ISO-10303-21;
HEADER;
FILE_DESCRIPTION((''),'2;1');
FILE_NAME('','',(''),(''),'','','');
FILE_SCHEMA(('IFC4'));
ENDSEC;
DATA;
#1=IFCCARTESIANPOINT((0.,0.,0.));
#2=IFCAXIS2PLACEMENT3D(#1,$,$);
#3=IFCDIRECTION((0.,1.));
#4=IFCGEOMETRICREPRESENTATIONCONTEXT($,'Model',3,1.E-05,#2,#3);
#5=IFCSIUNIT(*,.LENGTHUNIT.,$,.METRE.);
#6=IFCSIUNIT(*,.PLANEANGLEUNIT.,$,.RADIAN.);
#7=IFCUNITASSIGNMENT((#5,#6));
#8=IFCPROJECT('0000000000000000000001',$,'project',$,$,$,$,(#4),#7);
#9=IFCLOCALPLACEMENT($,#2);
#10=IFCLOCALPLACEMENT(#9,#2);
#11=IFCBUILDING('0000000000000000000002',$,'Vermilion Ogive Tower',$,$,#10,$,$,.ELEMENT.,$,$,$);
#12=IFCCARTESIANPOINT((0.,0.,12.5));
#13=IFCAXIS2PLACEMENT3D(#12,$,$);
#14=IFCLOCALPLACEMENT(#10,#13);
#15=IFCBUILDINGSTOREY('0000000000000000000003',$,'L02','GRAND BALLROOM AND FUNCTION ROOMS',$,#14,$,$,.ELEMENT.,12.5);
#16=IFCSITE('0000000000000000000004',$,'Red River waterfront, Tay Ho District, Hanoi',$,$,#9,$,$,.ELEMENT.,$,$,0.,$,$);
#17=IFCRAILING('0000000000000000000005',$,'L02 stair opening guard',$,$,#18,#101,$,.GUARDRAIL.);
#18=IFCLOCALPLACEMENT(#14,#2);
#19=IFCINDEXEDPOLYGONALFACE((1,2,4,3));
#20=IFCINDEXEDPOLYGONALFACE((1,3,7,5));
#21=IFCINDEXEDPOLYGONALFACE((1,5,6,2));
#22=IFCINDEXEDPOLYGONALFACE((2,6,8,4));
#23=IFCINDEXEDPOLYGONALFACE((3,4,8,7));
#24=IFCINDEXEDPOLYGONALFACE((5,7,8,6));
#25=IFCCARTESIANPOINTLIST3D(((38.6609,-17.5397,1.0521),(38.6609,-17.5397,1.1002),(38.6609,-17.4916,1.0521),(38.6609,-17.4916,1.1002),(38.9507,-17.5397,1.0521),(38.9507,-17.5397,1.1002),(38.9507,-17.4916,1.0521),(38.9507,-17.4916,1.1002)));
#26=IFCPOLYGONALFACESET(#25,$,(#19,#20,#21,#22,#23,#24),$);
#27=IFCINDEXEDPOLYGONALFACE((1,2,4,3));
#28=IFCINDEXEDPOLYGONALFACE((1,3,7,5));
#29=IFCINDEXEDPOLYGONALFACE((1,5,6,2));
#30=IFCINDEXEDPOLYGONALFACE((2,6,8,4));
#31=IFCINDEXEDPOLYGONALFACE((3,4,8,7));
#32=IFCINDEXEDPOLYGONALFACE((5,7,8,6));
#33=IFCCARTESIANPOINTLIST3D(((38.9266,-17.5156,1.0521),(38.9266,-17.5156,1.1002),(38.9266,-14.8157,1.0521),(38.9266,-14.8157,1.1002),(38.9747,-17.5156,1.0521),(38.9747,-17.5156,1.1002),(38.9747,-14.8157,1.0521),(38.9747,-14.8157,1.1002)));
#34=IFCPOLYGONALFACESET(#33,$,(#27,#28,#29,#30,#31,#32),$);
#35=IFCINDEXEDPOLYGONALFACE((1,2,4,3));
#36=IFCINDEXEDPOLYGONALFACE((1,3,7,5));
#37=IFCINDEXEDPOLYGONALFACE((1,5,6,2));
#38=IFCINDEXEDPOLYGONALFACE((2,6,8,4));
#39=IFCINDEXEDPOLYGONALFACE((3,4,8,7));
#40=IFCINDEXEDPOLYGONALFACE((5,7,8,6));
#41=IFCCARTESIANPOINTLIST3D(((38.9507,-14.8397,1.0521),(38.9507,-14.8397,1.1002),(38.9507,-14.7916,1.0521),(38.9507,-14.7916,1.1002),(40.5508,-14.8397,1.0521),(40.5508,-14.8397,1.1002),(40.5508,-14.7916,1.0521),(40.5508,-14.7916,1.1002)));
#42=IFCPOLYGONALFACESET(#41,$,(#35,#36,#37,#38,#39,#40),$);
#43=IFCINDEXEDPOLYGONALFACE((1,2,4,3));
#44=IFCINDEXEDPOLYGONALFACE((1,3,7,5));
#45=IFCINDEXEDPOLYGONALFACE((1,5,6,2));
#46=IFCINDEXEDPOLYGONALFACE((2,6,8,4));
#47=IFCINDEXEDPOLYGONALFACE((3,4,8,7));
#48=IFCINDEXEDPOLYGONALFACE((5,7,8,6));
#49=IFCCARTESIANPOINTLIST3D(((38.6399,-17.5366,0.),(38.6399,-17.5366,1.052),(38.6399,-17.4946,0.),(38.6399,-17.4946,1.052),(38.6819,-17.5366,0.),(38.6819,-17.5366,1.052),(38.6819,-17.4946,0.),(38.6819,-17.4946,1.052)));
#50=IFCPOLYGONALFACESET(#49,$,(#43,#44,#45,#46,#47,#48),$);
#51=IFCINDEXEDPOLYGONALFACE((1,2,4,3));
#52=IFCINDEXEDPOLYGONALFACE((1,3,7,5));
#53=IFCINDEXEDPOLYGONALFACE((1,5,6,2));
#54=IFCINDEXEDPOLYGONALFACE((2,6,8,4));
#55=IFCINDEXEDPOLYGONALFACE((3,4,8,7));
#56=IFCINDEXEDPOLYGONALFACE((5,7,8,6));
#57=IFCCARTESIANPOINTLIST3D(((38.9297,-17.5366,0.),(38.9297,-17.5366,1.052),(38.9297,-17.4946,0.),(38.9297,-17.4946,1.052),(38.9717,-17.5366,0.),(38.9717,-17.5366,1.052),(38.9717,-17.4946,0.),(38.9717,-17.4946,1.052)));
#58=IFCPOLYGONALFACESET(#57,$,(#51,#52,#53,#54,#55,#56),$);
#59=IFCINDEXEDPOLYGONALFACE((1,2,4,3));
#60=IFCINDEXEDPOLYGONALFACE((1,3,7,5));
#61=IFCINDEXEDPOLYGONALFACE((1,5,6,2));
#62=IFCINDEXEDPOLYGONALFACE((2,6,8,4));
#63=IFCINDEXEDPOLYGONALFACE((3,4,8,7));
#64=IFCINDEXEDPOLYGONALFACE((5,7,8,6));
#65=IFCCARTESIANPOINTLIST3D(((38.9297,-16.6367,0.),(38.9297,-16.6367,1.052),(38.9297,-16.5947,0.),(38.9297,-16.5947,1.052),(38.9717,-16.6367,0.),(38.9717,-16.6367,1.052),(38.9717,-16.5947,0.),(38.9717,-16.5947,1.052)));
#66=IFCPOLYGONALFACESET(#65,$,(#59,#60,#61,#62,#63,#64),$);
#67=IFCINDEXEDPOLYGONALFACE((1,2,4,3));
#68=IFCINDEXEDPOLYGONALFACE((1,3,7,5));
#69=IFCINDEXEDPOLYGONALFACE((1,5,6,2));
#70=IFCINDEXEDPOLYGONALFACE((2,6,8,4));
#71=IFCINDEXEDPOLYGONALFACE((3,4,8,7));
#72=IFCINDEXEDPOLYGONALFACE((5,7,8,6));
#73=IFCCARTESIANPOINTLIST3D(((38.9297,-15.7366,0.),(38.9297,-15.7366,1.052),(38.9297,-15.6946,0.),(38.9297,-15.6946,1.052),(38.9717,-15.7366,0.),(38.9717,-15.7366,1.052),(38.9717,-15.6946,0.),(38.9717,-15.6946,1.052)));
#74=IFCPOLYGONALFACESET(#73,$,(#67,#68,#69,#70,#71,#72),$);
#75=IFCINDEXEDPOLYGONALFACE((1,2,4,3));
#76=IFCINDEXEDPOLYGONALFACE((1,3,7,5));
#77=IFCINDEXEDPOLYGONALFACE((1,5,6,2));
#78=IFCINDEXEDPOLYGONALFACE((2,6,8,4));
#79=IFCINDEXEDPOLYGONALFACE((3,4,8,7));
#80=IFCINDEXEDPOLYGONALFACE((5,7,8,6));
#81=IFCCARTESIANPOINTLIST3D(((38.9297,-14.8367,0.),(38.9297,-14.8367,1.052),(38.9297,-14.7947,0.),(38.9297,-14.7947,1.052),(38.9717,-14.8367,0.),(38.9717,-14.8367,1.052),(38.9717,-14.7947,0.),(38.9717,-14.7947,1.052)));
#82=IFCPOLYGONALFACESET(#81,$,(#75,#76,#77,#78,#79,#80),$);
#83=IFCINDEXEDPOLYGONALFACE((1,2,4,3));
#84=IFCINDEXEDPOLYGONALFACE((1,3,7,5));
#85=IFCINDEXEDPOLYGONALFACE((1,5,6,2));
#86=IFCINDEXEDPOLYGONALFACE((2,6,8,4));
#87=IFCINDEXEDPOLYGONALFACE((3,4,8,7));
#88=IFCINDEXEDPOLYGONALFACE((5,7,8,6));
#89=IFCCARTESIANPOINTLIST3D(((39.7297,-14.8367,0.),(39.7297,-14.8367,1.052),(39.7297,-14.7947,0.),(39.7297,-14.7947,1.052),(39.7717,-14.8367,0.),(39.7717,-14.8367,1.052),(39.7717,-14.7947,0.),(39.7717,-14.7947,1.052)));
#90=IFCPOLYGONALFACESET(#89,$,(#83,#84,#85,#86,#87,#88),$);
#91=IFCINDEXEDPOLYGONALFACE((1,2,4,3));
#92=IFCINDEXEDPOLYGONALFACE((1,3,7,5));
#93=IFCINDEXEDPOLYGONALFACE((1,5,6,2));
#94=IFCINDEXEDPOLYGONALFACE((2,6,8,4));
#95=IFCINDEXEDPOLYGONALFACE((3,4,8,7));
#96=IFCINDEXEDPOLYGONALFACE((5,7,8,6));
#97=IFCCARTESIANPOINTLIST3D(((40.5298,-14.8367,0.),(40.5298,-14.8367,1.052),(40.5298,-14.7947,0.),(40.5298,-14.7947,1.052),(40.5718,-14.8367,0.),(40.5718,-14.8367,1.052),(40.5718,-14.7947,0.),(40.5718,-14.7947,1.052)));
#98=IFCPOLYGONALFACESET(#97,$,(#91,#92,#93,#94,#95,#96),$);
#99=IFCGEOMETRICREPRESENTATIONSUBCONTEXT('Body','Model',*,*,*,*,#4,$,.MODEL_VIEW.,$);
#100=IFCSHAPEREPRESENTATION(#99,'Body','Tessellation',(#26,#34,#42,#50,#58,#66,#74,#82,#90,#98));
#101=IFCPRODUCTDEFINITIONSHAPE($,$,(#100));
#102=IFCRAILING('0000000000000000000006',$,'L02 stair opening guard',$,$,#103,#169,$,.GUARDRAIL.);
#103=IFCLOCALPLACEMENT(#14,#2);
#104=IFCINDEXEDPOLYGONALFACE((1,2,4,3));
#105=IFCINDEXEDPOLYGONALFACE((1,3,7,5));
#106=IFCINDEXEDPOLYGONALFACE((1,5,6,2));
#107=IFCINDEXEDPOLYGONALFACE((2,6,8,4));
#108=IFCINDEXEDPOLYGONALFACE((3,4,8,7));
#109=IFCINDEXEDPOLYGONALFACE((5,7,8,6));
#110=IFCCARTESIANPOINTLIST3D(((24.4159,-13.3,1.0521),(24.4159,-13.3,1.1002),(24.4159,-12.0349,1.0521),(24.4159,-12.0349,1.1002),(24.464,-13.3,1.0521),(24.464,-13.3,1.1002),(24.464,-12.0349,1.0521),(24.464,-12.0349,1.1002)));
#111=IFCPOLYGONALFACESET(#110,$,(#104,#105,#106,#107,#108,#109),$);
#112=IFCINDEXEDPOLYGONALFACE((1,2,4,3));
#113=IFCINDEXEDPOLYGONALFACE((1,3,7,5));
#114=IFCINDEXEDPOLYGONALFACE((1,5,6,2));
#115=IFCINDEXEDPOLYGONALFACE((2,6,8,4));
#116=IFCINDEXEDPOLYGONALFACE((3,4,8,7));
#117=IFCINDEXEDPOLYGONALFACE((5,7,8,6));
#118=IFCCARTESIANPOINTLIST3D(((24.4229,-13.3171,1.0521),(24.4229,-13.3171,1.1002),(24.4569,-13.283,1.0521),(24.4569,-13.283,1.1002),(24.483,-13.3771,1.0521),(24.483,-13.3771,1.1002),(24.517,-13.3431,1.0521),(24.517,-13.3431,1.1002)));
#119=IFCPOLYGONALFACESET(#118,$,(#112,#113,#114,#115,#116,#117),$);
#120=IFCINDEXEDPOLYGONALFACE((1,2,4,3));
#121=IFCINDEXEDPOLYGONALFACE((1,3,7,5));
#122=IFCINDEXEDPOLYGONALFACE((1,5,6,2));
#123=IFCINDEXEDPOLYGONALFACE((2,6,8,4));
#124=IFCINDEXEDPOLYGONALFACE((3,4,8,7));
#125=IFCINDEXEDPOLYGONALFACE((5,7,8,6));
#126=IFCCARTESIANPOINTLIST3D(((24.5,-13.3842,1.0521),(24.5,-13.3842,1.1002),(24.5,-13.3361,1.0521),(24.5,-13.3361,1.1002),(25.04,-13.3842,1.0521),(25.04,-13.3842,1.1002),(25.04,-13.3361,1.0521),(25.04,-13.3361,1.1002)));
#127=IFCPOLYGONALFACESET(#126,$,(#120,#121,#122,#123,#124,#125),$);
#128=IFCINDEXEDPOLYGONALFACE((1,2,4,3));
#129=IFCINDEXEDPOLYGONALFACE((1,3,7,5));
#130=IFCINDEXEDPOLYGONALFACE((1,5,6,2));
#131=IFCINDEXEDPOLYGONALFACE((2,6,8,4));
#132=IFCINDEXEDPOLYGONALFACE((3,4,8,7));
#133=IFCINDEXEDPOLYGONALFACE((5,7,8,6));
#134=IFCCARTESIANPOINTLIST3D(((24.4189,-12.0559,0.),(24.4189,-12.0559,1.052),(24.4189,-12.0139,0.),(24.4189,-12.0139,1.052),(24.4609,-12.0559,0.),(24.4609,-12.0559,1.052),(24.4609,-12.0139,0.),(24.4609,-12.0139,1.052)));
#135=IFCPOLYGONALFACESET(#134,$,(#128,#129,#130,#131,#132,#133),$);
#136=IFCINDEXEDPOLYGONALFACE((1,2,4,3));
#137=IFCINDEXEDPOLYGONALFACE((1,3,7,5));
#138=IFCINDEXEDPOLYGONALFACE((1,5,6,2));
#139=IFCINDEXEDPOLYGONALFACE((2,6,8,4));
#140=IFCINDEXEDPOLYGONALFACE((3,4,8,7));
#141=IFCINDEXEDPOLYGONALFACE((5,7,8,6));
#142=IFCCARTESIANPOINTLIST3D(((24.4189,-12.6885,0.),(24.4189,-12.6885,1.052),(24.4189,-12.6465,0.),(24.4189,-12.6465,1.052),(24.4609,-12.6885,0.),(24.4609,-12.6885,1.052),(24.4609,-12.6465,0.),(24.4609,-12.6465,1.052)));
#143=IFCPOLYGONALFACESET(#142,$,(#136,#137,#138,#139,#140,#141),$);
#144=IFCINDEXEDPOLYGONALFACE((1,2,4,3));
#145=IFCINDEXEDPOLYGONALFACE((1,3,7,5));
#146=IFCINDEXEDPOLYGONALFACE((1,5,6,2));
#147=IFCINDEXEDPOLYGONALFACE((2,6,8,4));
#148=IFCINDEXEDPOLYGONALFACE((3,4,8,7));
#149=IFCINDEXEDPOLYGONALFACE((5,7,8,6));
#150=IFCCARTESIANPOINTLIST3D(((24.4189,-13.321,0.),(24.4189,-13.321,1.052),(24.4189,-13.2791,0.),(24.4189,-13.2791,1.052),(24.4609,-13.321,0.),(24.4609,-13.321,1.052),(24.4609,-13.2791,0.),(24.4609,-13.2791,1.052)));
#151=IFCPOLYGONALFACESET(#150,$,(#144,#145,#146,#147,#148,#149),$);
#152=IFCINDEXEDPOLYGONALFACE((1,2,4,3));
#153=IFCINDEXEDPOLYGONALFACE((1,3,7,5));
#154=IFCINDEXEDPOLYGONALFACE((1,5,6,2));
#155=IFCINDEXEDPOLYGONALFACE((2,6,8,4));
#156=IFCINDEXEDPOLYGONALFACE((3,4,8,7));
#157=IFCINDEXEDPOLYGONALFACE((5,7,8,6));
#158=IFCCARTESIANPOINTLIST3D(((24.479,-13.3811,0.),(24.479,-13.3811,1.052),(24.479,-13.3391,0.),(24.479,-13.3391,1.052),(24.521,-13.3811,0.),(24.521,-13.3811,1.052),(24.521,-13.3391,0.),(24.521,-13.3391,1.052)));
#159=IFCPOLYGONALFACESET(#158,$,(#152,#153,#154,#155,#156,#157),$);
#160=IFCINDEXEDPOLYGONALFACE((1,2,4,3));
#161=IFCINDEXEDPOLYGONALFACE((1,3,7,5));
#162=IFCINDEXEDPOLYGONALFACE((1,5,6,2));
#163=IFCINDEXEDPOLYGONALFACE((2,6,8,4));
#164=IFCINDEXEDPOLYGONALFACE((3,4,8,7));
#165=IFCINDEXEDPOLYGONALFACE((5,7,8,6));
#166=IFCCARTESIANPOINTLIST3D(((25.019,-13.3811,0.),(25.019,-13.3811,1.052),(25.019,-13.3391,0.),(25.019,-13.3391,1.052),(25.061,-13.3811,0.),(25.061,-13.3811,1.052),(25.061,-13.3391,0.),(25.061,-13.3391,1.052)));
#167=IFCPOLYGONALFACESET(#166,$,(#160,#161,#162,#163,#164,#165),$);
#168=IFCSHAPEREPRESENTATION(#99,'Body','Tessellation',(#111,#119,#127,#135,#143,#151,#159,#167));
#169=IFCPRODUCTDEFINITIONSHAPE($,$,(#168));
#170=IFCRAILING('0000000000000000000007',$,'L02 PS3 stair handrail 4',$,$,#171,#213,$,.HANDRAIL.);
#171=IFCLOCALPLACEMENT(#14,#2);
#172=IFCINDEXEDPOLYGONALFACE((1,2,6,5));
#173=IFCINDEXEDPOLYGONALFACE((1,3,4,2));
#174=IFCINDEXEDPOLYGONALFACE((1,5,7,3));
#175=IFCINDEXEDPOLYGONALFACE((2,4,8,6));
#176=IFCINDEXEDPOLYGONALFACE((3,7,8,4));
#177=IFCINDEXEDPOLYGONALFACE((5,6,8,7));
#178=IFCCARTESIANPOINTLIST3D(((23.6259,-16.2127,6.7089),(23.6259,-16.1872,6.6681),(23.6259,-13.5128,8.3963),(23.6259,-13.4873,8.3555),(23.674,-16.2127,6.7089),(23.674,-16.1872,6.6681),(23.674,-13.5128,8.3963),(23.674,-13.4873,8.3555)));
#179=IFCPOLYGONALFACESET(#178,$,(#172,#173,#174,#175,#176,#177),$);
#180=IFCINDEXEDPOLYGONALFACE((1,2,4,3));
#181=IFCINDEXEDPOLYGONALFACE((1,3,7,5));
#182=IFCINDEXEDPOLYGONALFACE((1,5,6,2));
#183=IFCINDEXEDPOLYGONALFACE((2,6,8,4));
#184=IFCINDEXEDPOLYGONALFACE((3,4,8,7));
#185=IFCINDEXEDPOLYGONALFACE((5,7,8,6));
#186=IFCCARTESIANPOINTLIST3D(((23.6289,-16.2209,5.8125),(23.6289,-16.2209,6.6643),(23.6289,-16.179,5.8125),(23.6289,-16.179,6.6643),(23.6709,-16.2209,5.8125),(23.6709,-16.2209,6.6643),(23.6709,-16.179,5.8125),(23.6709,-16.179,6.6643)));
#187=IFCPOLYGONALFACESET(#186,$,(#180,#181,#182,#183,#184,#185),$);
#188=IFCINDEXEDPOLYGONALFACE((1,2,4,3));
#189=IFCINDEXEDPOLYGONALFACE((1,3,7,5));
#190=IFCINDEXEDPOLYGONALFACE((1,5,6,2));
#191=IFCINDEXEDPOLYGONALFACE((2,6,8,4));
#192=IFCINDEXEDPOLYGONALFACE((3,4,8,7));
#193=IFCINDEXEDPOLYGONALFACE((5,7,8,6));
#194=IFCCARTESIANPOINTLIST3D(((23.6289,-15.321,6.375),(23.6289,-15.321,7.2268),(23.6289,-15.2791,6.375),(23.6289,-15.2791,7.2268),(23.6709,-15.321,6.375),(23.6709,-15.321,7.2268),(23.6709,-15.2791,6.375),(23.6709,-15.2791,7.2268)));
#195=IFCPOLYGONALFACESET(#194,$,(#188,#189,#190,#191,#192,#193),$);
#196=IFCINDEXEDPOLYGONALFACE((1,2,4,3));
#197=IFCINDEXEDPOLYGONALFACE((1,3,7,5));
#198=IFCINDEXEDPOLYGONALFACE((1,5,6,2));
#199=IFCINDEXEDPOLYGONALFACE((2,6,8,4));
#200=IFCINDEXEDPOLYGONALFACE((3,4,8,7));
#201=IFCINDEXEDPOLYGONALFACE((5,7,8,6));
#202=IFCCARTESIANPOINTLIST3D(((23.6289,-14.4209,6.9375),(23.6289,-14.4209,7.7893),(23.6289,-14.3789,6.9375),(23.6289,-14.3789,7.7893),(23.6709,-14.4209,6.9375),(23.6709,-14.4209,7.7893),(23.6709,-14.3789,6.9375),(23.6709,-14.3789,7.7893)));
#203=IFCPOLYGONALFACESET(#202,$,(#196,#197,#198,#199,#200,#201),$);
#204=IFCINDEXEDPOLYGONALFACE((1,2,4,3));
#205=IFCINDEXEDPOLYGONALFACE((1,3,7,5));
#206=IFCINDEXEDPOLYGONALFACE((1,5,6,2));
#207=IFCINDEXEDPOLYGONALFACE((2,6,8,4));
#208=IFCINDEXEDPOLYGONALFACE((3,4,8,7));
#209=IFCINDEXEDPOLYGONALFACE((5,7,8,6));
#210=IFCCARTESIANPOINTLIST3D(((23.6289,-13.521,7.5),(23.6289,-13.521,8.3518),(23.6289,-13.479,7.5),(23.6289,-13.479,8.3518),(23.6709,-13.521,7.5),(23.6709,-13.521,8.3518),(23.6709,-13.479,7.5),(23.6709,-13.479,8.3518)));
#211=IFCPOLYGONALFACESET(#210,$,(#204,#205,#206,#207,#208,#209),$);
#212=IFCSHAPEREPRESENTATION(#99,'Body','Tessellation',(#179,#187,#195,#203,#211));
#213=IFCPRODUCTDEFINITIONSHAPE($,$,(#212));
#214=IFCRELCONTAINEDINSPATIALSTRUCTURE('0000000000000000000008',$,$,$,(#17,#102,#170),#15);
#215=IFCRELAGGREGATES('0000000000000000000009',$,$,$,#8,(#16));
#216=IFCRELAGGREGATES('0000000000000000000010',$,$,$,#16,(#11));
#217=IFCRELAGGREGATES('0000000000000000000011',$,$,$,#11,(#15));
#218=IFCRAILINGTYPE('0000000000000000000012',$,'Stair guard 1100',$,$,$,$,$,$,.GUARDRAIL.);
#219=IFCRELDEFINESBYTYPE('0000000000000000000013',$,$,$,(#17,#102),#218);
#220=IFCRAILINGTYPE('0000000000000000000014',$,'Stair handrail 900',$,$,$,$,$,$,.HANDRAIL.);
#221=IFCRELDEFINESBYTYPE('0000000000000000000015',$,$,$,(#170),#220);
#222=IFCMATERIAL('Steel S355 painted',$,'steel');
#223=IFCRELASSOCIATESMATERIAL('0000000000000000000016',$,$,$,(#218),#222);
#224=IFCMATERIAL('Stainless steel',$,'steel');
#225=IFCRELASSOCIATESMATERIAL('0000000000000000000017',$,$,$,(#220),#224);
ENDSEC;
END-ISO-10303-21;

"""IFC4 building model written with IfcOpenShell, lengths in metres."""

from ifc_helpers import new_model, si_unit, direction, frame, origin, origin_2d, place, context, subcontext, project, spatial, rectangle, extrude, material, type_object, element, save


model = new_model("IFC4")

# Units and contexts
model_context = context("Model", 3, precision=1e-05, world=origin(), true_north=direction((0.0, 1.0)))
body_context = subcontext(model_context, "Body", "Model", "MODEL_VIEW")
ifc_project = project(units=[si_unit("LENGTHUNIT", "METRE"), si_unit("PLANEANGLEUNIT", "RADIAN")], contexts=[model_context])

# Site, building, storey
site_placement = place(None, origin())
site = spatial("IfcSite", under=ifc_project, at=site_placement, Name="Red River waterfront, Tay Ho District, Hanoi", CompositionType="ELEMENT", RefElevation=0.0)
building_placement = place(site_placement, origin())
building = spatial("IfcBuilding", under=site, at=building_placement, Name="Vermilion Ogive Tower", CompositionType="ELEMENT")
storey_placement = place(building_placement, frame((0.0, 0.0, 12.5)))
storey = spatial("IfcBuildingStorey", under=building, at=storey_placement, Name="L02", Description="GRAND BALLROOM AND FUNCTION ROOMS", CompositionType="ELEMENT", Elevation=12.5)

# Railings
ifc_material_1 = material(Name="Steel S355 painted", Category="steel")
railing_type_1 = type_object("IfcRailingType", Name="Stair guard 1100", PredefinedType="GUARDRAIL", material=ifc_material_1)
railing_1_placement = place(storey_placement, frame((38.6609, -17.5156, 0.0)))
element("IfcRailing", 1, at=railing_1_placement, inside=storey, type_object=railing_type_1, Name="L02 stair opening guard", PredefinedType="GUARDRAIL", context=body_context, shape_type="SweptSolid", body=[
    extrude(rectangle(XDim=0.0481, YDim=0.0481, at=origin_2d()), frame((0.0, 0.0, 1.0762), z_axis=(1.0, 0.0, 0.0), x_axis=(0.0, 1.0, 0.0)), (0.0, 0.0, 1.0), 0.2898),
    extrude(rectangle(XDim=0.0481, YDim=0.0481, at=origin_2d()), frame((0.2898, 0.0, 1.0762), z_axis=(0.0, 1.0, 0.0), x_axis=(-1.0, 0.0, 0.0)), (0.0, 0.0, 1.0), 2.7),
    extrude(rectangle(XDim=0.0481, YDim=0.0481, at=origin_2d()), frame((0.2898, 2.7, 1.0762), z_axis=(1.0, 0.0, 0.0), x_axis=(0.0, 1.0, 0.0)), (0.0, 0.0, 1.0), 1.6001),
    extrude(rectangle(XDim=0.042, YDim=0.042, at=origin_2d()), origin(), (0.0, 0.0, 1.0), 1.052),
    extrude(rectangle(XDim=0.042, YDim=0.042, at=origin_2d()), frame((0.2898, 0.0, 0.0)), (0.0, 0.0, 1.0), 1.052),
    extrude(rectangle(XDim=0.042, YDim=0.042, at=origin_2d()), frame((0.2898, 0.8999, 0.0)), (0.0, 0.0, 1.0), 1.052),
    extrude(rectangle(XDim=0.042, YDim=0.042, at=origin_2d()), frame((0.2898, 1.8, 0.0)), (0.0, 0.0, 1.0), 1.052),
    extrude(rectangle(XDim=0.042, YDim=0.042, at=origin_2d()), frame((0.2898, 2.7, 0.0)), (0.0, 0.0, 1.0), 1.052),
    extrude(rectangle(XDim=0.042, YDim=0.042, at=origin_2d()), frame((1.0898, 2.7, 0.0)), (0.0, 0.0, 1.0), 1.052),
    extrude(rectangle(XDim=0.042, YDim=0.042, at=origin_2d()), frame((1.8899, 2.7, 0.0)), (0.0, 0.0, 1.0), 1.052),
])
railing_2_placement = place(storey_placement, frame((24.4399, -12.0349, 0.0)))
element("IfcRailing", 2, at=railing_2_placement, inside=storey, type_object=railing_type_1, Name="L02 stair opening guard", PredefinedType="GUARDRAIL", context=body_context, shape_type="SweptSolid", body=[
    extrude(rectangle(XDim=0.0481, YDim=0.0481, at=origin_2d()), frame((0.0, 0.0, 1.0762), z_axis=(0.0, -1.0, 0.0), x_axis=(1.0, 0.0, 0.0)), (0.0, 0.0, 1.0), 1.2651),
    extrude(rectangle(XDim=0.0481, YDim=0.0481, at=origin_2d()), frame((0.0, -1.2651, 1.0762), z_axis=(0.707107, -0.707107, 0.0), x_axis=(0.707107, 0.707107, 0.0)), (0.0, 0.0, 1.0), 0.085),
    extrude(rectangle(XDim=0.0481, YDim=0.0481, at=origin_2d()), frame((0.0601, -1.3252, 1.0762), z_axis=(1.0, 0.0, 0.0), x_axis=(0.0, 1.0, 0.0)), (0.0, 0.0, 1.0), 0.54),
    extrude(rectangle(XDim=0.042, YDim=0.042, at=origin_2d()), origin(), (0.0, 0.0, 1.0), 1.052),
    extrude(rectangle(XDim=0.042, YDim=0.042, at=origin_2d()), frame((0.0, -0.6326, 0.0)), (0.0, 0.0, 1.0), 1.052),
    extrude(rectangle(XDim=0.042, YDim=0.042, at=origin_2d()), frame((0.0, -1.2651, 0.0)), (0.0, 0.0, 1.0), 1.052),
    extrude(rectangle(XDim=0.042, YDim=0.042, at=origin_2d()), frame((0.0601, -1.3252, 0.0)), (0.0, 0.0, 1.0), 1.052),
    extrude(rectangle(XDim=0.042, YDim=0.042, at=origin_2d()), frame((0.6001, -1.3252, 0.0)), (0.0, 0.0, 1.0), 1.052),
])
ifc_material_2 = material(Name="Stainless steel", Category="steel")
railing_type_2 = type_object("IfcRailingType", Name="Stair handrail 900", PredefinedType="HANDRAIL", material=ifc_material_2)
railing_3_placement = place(storey_placement, frame((23.6499, -16.2, 5.8125)))
element("IfcRailing", 3, at=railing_3_placement, inside=storey, type_object=railing_type_2, Name="L02 PS3 stair handrail 4", PredefinedType="HANDRAIL", context=body_context, shape_type="SweptSolid", body=[
    extrude(rectangle(XDim=0.0481, YDim=0.0481, at=origin_2d()), frame((0.0, 0.0, 0.876), z_axis=(0.0, 0.847994, 0.530006), x_axis=(-1.0, 0.0, 0.0)), (0.0, 0.0, 1.0), 3.1838),
    extrude(rectangle(XDim=0.042, YDim=0.042, at=origin_2d()), origin(), (0.0, 0.0, 1.0), 0.8518),
    extrude(rectangle(XDim=0.042, YDim=0.042, at=origin_2d()), frame((0.0, 0.8999, 0.5625)), (0.0, 0.0, 1.0), 0.8518),
    extrude(rectangle(XDim=0.042, YDim=0.042, at=origin_2d()), frame((0.0, 1.8, 1.125)), (0.0, 0.0, 1.0), 0.8518),
    extrude(rectangle(XDim=0.042, YDim=0.042, at=origin_2d()), frame((0.0, 2.7, 1.6875)), (0.0, 0.0, 1.0), 0.8518),
])

save(model, "model.ifc")
